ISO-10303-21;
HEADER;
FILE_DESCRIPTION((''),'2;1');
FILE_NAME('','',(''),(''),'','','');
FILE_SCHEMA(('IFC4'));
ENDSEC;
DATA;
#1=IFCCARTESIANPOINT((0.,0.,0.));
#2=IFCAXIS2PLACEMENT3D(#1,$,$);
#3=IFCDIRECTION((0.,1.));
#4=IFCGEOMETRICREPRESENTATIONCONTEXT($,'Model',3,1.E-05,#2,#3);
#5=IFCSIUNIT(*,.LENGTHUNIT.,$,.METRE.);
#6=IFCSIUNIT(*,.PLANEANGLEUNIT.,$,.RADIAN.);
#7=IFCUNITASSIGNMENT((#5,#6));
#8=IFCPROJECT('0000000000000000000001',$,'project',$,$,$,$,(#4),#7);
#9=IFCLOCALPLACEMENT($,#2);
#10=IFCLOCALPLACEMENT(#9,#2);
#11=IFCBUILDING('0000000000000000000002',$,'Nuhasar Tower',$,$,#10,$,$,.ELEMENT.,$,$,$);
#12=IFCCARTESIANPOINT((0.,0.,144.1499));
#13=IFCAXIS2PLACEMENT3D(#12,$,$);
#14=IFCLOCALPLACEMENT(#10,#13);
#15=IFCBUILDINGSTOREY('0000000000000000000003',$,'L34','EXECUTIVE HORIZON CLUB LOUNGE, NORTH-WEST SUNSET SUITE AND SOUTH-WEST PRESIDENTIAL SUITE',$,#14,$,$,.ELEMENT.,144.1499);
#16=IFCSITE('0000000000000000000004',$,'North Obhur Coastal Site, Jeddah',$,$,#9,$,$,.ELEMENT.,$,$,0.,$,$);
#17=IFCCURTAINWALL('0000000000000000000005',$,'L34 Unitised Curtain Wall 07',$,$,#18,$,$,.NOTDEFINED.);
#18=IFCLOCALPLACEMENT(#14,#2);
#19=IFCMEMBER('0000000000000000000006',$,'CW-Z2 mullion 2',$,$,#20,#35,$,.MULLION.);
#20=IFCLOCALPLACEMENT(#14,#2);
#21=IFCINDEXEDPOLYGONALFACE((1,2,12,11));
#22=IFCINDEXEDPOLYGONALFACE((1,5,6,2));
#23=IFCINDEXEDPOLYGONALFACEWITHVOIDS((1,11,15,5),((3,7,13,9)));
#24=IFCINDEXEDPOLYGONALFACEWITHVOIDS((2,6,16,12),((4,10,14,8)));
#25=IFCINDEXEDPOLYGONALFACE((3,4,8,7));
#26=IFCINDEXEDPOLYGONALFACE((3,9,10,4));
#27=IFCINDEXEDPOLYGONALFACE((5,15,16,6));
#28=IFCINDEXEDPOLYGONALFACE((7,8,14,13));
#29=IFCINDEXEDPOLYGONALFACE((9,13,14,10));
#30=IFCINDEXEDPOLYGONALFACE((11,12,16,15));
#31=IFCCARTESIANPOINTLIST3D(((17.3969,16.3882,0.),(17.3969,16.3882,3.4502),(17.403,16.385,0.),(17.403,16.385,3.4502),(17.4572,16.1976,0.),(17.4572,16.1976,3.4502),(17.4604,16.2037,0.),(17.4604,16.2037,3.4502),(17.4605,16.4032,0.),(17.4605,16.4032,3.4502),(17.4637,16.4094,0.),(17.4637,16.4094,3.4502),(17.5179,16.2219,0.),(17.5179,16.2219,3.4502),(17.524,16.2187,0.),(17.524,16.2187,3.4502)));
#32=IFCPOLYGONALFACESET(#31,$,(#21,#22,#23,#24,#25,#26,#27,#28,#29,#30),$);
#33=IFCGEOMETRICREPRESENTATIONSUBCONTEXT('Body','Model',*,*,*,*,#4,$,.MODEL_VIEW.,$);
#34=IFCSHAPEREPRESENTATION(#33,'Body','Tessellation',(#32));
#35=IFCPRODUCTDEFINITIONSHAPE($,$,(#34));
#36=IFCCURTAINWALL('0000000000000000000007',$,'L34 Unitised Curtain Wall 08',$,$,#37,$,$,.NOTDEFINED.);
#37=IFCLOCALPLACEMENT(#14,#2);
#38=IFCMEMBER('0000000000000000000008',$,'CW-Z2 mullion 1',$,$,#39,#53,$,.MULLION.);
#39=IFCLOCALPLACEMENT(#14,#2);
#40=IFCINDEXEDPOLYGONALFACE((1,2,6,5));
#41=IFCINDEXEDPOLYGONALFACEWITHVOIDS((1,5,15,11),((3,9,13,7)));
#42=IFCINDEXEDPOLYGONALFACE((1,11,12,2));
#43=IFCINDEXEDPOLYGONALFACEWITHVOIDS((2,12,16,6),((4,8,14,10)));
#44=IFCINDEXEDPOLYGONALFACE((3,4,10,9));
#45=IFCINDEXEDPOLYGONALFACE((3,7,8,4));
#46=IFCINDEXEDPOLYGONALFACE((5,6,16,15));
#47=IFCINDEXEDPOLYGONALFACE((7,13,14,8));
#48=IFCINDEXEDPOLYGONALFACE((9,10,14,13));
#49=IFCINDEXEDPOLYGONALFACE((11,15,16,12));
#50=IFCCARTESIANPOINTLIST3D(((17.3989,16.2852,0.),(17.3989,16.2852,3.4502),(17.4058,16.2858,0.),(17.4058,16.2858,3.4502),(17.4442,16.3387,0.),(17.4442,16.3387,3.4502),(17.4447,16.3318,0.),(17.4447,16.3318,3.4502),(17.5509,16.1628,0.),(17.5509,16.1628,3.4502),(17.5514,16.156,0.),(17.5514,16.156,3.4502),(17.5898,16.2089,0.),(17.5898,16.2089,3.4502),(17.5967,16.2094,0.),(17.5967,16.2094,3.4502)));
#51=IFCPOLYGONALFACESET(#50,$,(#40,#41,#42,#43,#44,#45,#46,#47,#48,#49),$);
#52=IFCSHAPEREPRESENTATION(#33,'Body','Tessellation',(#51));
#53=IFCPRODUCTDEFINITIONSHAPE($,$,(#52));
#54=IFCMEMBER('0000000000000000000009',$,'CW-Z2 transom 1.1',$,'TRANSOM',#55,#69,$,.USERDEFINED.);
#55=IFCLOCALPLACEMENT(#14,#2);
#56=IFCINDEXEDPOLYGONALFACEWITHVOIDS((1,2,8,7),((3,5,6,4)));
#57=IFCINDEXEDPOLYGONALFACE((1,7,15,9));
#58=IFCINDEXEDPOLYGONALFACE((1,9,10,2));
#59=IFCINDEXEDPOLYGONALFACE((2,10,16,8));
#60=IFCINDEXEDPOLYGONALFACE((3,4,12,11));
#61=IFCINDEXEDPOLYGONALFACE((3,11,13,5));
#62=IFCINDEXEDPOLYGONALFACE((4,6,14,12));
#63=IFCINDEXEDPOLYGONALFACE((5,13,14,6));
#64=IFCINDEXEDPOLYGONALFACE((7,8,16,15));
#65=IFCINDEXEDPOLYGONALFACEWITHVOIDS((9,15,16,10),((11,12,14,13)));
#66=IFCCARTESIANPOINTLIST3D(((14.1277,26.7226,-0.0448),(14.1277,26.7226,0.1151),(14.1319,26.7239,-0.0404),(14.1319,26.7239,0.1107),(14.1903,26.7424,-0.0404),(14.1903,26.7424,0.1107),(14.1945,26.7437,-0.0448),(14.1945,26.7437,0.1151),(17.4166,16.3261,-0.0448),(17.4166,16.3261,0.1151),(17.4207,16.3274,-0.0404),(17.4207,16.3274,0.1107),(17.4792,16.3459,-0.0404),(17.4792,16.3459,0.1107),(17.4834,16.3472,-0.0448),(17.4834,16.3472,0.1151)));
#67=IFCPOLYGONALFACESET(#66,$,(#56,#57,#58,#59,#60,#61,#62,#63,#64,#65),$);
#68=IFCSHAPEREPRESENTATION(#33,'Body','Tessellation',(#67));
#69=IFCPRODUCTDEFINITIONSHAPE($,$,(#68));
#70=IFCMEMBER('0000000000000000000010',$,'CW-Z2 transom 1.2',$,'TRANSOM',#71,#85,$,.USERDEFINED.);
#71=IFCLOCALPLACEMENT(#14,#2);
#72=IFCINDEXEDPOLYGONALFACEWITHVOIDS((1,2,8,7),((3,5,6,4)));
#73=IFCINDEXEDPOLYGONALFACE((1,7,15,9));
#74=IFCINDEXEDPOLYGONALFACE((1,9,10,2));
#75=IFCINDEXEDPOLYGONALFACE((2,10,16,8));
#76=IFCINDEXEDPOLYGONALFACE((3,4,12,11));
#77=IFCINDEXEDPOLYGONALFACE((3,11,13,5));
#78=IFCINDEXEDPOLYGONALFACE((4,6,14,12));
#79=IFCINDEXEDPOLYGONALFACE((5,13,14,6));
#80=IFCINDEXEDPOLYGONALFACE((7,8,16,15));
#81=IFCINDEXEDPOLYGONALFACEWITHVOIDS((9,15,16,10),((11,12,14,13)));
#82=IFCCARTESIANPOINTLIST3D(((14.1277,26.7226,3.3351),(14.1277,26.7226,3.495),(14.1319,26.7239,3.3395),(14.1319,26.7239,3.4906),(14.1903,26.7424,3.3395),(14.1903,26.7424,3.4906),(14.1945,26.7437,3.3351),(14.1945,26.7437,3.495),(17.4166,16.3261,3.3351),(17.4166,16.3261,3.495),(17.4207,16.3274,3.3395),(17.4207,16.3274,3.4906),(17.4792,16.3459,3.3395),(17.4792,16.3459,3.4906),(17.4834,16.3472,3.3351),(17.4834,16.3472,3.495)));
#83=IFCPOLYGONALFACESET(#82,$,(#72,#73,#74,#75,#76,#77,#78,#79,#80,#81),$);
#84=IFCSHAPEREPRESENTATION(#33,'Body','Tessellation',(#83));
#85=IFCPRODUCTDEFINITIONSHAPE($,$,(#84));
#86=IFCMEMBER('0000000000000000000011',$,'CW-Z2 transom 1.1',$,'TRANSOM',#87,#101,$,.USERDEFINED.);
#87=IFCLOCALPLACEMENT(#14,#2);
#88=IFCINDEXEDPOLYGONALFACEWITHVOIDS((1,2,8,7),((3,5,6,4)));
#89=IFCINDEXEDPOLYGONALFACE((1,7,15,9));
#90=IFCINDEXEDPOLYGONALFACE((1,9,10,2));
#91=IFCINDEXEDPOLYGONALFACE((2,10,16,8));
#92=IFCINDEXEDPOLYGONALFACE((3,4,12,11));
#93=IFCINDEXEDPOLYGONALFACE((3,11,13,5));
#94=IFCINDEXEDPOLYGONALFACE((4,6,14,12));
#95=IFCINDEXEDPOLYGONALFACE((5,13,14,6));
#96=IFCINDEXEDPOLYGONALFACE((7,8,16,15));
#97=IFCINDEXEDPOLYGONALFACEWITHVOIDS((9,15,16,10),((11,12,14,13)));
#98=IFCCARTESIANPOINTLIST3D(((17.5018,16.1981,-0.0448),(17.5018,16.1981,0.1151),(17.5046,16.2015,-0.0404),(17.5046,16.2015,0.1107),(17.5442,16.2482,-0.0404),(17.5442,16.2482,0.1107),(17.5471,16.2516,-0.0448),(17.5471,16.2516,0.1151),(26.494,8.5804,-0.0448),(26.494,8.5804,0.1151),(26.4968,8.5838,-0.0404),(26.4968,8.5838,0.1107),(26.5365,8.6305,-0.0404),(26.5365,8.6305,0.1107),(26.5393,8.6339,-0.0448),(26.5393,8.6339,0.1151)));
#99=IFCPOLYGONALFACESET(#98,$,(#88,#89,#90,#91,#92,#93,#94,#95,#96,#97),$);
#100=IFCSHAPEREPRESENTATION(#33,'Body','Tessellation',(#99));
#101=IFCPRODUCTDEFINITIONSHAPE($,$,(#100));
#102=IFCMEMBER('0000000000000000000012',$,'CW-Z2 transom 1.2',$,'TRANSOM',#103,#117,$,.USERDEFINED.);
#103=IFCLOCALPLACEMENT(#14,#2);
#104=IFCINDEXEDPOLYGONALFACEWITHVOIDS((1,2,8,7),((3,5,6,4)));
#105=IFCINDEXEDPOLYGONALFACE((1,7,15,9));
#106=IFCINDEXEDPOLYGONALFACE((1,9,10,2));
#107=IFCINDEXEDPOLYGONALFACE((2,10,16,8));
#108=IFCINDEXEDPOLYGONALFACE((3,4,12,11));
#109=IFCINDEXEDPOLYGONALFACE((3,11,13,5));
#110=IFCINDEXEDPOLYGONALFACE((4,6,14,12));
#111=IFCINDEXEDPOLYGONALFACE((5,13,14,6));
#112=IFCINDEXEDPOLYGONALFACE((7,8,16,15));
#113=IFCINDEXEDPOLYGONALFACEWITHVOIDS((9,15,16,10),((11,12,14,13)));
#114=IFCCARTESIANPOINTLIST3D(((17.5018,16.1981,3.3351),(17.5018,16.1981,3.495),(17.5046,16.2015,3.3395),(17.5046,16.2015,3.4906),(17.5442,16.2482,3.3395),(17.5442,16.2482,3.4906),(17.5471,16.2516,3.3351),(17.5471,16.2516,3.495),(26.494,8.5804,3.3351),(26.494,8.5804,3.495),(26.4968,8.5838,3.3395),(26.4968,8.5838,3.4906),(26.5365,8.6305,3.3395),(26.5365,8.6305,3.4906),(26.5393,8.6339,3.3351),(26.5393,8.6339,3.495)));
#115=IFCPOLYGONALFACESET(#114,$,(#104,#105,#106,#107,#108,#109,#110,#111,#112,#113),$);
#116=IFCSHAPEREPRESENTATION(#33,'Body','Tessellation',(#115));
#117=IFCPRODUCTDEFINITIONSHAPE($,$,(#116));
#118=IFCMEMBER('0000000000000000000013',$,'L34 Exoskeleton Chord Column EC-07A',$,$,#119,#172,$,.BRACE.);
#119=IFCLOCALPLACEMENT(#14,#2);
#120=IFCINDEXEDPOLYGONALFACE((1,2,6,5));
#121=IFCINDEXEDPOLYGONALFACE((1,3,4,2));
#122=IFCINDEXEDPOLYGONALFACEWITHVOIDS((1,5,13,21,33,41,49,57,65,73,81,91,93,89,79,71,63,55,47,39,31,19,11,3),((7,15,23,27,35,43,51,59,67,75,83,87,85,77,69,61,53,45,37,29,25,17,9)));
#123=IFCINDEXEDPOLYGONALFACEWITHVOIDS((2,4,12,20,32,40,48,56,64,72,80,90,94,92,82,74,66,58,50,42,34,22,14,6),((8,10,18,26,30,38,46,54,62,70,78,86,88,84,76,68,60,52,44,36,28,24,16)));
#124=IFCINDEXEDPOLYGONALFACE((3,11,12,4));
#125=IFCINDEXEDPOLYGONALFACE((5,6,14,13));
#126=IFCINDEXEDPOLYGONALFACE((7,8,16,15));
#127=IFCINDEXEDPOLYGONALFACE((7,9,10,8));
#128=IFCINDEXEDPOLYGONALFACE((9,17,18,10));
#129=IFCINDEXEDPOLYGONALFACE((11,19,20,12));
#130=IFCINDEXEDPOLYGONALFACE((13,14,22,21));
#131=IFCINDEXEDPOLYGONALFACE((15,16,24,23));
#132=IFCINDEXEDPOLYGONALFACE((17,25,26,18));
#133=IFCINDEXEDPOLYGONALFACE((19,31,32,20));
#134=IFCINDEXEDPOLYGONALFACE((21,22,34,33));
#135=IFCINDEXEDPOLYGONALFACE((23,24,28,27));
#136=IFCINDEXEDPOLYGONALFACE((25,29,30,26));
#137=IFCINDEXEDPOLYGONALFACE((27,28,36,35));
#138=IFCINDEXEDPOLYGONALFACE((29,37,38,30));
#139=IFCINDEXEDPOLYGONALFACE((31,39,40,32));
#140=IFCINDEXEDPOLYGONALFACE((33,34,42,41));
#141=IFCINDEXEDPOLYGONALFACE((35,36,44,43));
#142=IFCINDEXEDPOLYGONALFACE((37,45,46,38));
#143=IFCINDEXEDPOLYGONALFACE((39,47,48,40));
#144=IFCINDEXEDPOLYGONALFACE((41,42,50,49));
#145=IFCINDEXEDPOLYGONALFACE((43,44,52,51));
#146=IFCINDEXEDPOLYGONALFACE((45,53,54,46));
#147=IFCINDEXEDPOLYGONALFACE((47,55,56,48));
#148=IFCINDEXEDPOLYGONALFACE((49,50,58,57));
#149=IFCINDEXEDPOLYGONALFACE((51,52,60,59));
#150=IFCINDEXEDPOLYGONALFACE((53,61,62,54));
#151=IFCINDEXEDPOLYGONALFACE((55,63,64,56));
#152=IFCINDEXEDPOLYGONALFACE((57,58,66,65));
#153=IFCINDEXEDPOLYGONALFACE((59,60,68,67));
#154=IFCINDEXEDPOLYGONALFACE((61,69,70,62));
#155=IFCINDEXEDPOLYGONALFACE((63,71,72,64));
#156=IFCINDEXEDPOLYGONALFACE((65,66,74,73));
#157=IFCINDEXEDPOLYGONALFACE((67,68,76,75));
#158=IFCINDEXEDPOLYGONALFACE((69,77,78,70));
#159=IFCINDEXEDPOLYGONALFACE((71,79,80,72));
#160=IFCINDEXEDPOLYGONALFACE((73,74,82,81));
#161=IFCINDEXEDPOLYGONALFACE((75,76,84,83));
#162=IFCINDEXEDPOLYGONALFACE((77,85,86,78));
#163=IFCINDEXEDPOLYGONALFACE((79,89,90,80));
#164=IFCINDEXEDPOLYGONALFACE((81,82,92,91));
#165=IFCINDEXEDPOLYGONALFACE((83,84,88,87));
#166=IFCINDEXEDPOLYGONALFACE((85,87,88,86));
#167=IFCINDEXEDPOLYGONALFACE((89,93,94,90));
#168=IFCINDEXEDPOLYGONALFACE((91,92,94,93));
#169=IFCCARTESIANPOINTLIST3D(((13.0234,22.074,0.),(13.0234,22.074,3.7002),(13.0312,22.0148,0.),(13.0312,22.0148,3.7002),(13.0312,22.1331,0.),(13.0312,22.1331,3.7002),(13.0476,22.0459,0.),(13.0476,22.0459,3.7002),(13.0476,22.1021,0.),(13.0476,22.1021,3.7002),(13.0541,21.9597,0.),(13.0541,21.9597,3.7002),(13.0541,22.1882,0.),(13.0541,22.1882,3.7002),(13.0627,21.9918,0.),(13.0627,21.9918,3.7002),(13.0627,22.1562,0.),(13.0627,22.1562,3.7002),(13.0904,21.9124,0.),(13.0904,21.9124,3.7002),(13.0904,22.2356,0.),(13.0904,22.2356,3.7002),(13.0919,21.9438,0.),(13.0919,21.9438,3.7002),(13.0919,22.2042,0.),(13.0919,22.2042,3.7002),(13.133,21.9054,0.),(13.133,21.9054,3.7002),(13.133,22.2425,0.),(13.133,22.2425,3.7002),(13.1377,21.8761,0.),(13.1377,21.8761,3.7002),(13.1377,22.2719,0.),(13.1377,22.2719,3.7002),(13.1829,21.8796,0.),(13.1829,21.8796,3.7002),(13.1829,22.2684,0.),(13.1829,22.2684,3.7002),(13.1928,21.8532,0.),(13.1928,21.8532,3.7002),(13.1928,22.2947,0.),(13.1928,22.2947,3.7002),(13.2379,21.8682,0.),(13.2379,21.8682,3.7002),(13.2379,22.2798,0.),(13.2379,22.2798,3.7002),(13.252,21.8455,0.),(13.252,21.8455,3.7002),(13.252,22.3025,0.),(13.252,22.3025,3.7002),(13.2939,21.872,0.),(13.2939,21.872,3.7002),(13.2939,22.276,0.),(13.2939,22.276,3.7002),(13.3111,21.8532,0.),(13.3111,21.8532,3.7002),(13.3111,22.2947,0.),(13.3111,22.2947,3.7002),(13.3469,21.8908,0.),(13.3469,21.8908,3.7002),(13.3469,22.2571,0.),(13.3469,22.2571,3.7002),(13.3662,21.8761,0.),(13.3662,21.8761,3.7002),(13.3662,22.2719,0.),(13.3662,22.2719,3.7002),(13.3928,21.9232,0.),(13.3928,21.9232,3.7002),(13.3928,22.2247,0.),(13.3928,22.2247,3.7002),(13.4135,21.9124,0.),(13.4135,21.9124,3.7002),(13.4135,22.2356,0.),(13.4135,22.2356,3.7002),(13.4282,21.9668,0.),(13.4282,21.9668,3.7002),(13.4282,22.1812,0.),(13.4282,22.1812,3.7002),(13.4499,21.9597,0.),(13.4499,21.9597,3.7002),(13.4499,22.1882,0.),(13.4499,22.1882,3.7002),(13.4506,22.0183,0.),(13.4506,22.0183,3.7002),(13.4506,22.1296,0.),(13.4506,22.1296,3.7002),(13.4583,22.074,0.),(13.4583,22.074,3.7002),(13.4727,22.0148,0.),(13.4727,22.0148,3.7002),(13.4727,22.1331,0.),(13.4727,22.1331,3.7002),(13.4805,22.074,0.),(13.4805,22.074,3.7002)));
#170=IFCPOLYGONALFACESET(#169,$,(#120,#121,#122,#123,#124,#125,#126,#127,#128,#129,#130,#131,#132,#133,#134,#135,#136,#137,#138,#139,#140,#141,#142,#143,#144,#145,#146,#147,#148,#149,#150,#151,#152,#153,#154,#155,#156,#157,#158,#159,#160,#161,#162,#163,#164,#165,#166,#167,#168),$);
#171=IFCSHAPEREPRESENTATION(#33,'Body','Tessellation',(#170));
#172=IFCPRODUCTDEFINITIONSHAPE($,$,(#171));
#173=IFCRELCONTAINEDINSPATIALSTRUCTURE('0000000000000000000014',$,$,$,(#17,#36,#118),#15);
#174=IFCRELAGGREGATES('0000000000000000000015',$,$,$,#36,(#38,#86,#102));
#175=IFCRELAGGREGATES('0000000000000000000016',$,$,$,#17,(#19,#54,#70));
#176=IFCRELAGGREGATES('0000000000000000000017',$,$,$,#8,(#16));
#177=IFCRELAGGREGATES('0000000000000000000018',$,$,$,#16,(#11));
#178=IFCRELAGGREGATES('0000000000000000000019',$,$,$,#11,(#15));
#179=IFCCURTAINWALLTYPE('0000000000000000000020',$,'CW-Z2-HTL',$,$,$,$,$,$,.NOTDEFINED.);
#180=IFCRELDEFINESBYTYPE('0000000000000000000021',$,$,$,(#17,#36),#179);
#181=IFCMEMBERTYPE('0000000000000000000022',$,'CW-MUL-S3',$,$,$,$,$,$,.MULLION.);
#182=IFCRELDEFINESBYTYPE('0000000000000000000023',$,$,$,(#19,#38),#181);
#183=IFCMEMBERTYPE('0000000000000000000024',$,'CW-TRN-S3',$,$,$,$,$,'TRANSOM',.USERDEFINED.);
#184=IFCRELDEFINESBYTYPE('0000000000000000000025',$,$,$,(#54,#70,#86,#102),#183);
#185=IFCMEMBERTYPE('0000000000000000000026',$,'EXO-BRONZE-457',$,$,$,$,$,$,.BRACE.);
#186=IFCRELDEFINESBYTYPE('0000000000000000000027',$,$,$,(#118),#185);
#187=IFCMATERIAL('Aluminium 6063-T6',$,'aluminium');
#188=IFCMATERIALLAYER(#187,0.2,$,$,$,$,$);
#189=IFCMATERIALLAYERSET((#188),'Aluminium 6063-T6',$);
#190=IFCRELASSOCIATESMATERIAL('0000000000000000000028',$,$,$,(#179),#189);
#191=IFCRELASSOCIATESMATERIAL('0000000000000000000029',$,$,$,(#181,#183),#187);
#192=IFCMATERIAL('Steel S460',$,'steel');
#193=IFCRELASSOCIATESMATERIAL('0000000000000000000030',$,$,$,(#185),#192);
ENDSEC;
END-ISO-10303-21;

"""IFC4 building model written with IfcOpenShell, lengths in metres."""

from ifc_helpers import new_model, si_unit, direction, frame, origin, origin_2d, place, context, subcontext, project, spatial, hollow_rectangle, hollow_circle, extrude, material, layer, layer_set, material_profile, profile_set, type_object, element, aggregate, save


model = new_model("IFC4")

# Units and contexts
model_context = context("Model", 3, precision=1e-05, world=origin(), true_north=direction((0.0, 1.0)))
body_context = subcontext(model_context, "Body", "Model", "MODEL_VIEW")
ifc_project = project(units=[si_unit("LENGTHUNIT", "METRE"), si_unit("PLANEANGLEUNIT", "RADIAN")], contexts=[model_context])

# Site, building, storey
site_placement = place(None, origin())
site = spatial("IfcSite", under=ifc_project, at=site_placement, Name="North Obhur Coastal Site, Jeddah", CompositionType="ELEMENT", RefElevation=0.0)
building_placement = place(site_placement, origin())
building = spatial("IfcBuilding", under=site, at=building_placement, Name="Nuhasar Tower", CompositionType="ELEMENT")
storey_placement = place(building_placement, frame((0.0, 0.0, 144.1499)))
storey = spatial("IfcBuildingStorey", under=building, at=storey_placement, Name="L34", Description="EXECUTIVE HORIZON CLUB LOUNGE, NORTH-WEST SUNSET SUITE AND SOUTH-WEST PRESIDENTIAL SUITE", CompositionType="ELEMENT", Elevation=144.1499)

# Curtain wall, member
ifc_material_1 = material(Name="Aluminium 6063-T6", Category="aluminium")
ifc_layer_1 = layer(ifc_material_1, 0.2)
ifc_layer_set_1 = layer_set([ifc_layer_1], Name="Aluminium 6063-T6")
curtain_wall_type = type_object("IfcCurtainWallType", Name="CW-Z2-HTL", PredefinedType="NOTDEFINED", material=ifc_layer_set_1)
curtain_wall_1_placement = place(storey_placement, origin())
curtain_wall_1 = element("IfcCurtainWall", 1, at=curtain_wall_1_placement, inside=storey, type_object=curtain_wall_type, Name="L34 Unitised Curtain Wall 07", PredefinedType="NOTDEFINED")
ifc_material_profile_1 = material_profile(ifc_material_1, hollow_rectangle(XDim=0.0701, YDim=0.2, WallThickness=0.0049, at=origin_2d()), Name="CWM-3")
ifc_profile_set_1 = profile_set([ifc_material_profile_1], Name="Aluminium 6063-T6")
member_type_1 = type_object("IfcMemberType", Name="CW-MUL-S3", PredefinedType="MULLION", material=ifc_profile_set_1)
member_1_placement = place(storey_placement, frame((17.4604, 16.3035, 0.0), z_axis=(0.0, 0.0, 1.0), x_axis=(0.953433, 0.301604, 0.0)))
member_1 = element("IfcMember", 2, at=member_1_placement, type_object=member_type_1, Name="CW-Z2 mullion 2", PredefinedType="MULLION", context=body_context, shape_type="SweptSolid", body=[
    extrude(hollow_rectangle(XDim=0.0701, YDim=0.2, WallThickness=0.0049, at=origin_2d()), origin(), (0.0, 0.0, 1.0), 3.4502),
])

# Curtain wall, member
curtain_wall_2_placement = place(storey_placement, origin())
curtain_wall_2 = element("IfcCurtainWall", 3, at=curtain_wall_2_placement, inside=storey, type_object=curtain_wall_type, Name="L34 Unitised Curtain Wall 08", PredefinedType="NOTDEFINED")
member_2_placement = place(storey_placement, frame((17.4978, 16.2473, 0.0), z_axis=(0.0, 0.0, 1.0), x_axis=(0.646374, 0.76302, 0.0)))
member_2 = element("IfcMember", 4, at=member_2_placement, type_object=member_type_1, Name="CW-Z2 mullion 1", PredefinedType="MULLION", context=body_context, shape_type="SweptSolid", body=[
    extrude(hollow_rectangle(XDim=0.0701, YDim=0.2, WallThickness=0.0049, at=origin_2d()), origin(), (0.0, 0.0, 1.0), 3.4502),
])

# Members
ifc_material_profile_2 = material_profile(ifc_material_1, hollow_rectangle(XDim=0.0701, YDim=0.1599, WallThickness=0.0044, at=origin_2d()), Name="CWT-3")
ifc_profile_set_2 = profile_set([ifc_material_profile_2], Name="Aluminium 6063-T6")
member_type_2 = type_object("IfcMemberType", Name="CW-TRN-S3", ElementType="TRANSOM", PredefinedType="USERDEFINED", material=ifc_profile_set_2)
member_3_placement = place(storey_placement, frame((14.1611, 26.7332, 0.0352), z_axis=(0.301608, -0.953432, 0.0), x_axis=(0.953432, 0.301608, 0.0)))
member_3 = element("IfcMember", 5, at=member_3_placement, type_object=member_type_2, Name="CW-Z2 transom 1.1", ObjectType="TRANSOM", PredefinedType="USERDEFINED", context=body_context, shape_type="SweptSolid", body=[
    extrude(hollow_rectangle(XDim=0.0701, YDim=0.1599, WallThickness=0.0044, at=origin_2d()), origin(), (0.0, 0.0, 1.0), 10.9043),
])
member_4_placement = place(storey_placement, frame((14.1611, 26.7332, 3.415), z_axis=(0.301608, -0.953432, 0.0), x_axis=(0.953432, 0.301608, 0.0)))
member_4 = element("IfcMember", 6, at=member_4_placement, type_object=member_type_2, Name="CW-Z2 transom 1.2", ObjectType="TRANSOM", PredefinedType="USERDEFINED", context=body_context, shape_type="SweptSolid", body=[
    extrude(hollow_rectangle(XDim=0.0701, YDim=0.1599, WallThickness=0.0044, at=origin_2d()), origin(), (0.0, 0.0, 1.0), 10.9043),
])
member_5_placement = place(storey_placement, frame((17.5244, 16.2249, 0.0352), z_axis=(0.763014, -0.646382, 0.0), x_axis=(0.646382, 0.763014, 0.0)))
member_5 = element("IfcMember", 7, at=member_5_placement, type_object=member_type_2, Name="CW-Z2 transom 1.1", ObjectType="TRANSOM", PredefinedType="USERDEFINED", context=body_context, shape_type="SweptSolid", body=[
    extrude(hollow_rectangle(XDim=0.0701, YDim=0.1599, WallThickness=0.0044, at=origin_2d()), origin(), (0.0, 0.0, 1.0), 11.7852),
])
member_6_placement = place(storey_placement, frame((17.5244, 16.2249, 3.415), z_axis=(0.763014, -0.646382, 0.0), x_axis=(0.646382, 0.763014, 0.0)))
member_6 = element("IfcMember", 8, at=member_6_placement, type_object=member_type_2, Name="CW-Z2 transom 1.2", ObjectType="TRANSOM", PredefinedType="USERDEFINED", context=body_context, shape_type="SweptSolid", body=[
    extrude(hollow_rectangle(XDim=0.0701, YDim=0.1599, WallThickness=0.0044, at=origin_2d()), origin(), (0.0, 0.0, 1.0), 11.7852),
])
aggregate(curtain_wall_2, [member_2, member_5, member_6])

# Member
ifc_material_2 = material(Name="Steel S460", Category="steel")
ifc_material_profile_3 = material_profile(ifc_material_2, hollow_circle(Radius=0.2285, WallThickness=0.0222, at=origin_2d()), Name="HSS457X22.2")
ifc_profile_set_3 = profile_set([ifc_material_profile_3], Name="Steel S460")
member_type_3 = type_object("IfcMemberType", Name="EXO-BRONZE-457", PredefinedType="BRACE", material=ifc_profile_set_3)
for number, where, z_axis, x_axis, name in (
    (9, (13.252, 22.074, 0.0), (0.0, 0.0, 1.0), (1.0, 0.0, 0.0), "L34 Exoskeleton Chord Column EC-07A"),
):
    element("IfcMember", number, at=place(storey_placement, frame(where, z_axis=z_axis, x_axis=x_axis)), inside=storey, type_object=member_type_3, Name=name, PredefinedType="BRACE", context=body_context, shape_type="SweptSolid", body=[
        extrude(hollow_circle(Radius=0.2285, WallThickness=0.0222, at=origin_2d()), origin(), (0.0, 0.0, 1.0), 3.7002),
    ])

aggregate(curtain_wall_1, [member_1, member_3, member_4])

save(model, "model.ifc")
